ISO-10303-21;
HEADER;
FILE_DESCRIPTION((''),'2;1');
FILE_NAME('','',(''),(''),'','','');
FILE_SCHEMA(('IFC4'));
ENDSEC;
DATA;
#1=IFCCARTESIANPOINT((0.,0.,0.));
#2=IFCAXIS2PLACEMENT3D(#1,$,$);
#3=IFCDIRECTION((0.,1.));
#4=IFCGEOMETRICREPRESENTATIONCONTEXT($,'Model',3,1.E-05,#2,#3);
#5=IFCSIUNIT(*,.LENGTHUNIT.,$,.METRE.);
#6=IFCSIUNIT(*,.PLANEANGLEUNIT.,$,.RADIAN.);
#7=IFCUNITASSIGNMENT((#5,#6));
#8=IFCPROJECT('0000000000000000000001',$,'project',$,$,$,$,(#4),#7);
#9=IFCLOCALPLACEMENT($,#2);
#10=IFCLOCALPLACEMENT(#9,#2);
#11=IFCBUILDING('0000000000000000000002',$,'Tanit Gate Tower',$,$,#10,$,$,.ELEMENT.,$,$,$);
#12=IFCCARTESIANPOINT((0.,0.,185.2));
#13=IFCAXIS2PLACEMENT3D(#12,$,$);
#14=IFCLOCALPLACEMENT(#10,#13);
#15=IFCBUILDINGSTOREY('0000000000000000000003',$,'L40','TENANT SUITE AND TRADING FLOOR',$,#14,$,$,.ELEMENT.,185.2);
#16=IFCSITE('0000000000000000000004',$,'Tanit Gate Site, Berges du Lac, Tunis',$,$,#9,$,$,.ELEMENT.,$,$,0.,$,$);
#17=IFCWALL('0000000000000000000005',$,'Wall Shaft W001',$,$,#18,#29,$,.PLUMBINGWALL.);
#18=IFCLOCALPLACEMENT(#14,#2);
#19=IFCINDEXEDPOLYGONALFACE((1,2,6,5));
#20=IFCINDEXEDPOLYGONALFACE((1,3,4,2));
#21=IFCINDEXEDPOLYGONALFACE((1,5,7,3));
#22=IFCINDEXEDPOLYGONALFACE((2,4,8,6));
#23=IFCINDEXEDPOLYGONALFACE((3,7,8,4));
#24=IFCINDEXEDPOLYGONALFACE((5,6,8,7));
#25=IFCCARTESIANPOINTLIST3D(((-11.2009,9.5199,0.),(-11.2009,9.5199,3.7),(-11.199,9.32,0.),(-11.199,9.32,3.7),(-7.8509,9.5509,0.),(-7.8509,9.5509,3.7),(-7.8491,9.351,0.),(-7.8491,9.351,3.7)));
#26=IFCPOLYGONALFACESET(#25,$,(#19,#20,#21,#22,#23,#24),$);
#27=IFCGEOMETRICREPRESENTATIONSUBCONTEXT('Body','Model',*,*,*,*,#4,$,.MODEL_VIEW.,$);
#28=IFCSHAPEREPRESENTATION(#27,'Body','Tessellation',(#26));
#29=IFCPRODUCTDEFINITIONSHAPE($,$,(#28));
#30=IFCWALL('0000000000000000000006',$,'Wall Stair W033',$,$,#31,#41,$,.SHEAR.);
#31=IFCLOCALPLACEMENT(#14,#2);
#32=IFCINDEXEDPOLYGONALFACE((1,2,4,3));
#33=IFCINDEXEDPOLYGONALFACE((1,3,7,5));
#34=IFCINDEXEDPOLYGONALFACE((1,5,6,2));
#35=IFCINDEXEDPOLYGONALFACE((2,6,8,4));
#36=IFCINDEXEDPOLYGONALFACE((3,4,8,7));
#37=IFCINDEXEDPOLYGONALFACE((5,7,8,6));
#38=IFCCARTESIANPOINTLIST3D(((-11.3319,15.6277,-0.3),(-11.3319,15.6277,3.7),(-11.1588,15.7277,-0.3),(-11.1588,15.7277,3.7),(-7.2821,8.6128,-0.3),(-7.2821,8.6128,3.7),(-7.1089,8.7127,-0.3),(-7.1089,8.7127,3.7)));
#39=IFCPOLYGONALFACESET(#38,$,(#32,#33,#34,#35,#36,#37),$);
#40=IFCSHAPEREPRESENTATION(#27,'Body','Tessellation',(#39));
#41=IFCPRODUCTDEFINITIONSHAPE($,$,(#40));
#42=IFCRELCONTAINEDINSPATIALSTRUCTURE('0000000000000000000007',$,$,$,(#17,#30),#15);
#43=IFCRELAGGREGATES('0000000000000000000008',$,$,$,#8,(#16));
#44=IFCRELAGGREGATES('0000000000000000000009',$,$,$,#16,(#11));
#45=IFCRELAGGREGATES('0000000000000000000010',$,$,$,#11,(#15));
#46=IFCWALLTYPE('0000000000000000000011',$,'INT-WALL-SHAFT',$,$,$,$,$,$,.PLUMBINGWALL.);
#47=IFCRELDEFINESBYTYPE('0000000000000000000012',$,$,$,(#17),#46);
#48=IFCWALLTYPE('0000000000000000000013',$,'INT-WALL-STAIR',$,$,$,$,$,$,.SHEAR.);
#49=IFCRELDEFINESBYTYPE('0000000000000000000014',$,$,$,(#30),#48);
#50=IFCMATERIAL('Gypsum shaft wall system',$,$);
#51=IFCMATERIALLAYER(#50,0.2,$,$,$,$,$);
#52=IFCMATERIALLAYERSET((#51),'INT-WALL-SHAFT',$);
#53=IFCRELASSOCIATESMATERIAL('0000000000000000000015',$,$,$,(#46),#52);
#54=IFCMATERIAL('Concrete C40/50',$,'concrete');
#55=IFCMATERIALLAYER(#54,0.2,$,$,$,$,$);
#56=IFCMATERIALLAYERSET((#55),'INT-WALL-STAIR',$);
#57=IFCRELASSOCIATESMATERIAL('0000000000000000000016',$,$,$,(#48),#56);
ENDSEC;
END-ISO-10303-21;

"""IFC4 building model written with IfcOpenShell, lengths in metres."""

from ifc_helpers import new_model, si_unit, direction, frame, frame_2d, origin, place, context, subcontext, project, spatial, rectangle, extrude, material, layer, layer_set, type_object, element, save


model = new_model("IFC4")

# Units and contexts
model_context = context("Model", 3, precision=1e-05, world=origin(), true_north=direction((0.0, 1.0)))
body_context = subcontext(model_context, "Body", "Model", "MODEL_VIEW")
ifc_project = project(units=[si_unit("LENGTHUNIT", "METRE"), si_unit("PLANEANGLEUNIT", "RADIAN")], contexts=[model_context])

# Site, building, storey
site_placement = place(None, origin())
site = spatial("IfcSite", under=ifc_project, at=site_placement, Name="Tanit Gate Site, Berges du Lac, Tunis", CompositionType="ELEMENT", RefElevation=0.0)
building_placement = place(site_placement, origin())
building = spatial("IfcBuilding", under=site, at=building_placement, Name="Tanit Gate Tower", CompositionType="ELEMENT")
storey_placement = place(building_placement, frame((0.0, 0.0, 185.2)))
storey = spatial("IfcBuildingStorey", under=building, at=storey_placement, Name="L40", Description="TENANT SUITE AND TRADING FLOOR", CompositionType="ELEMENT", Elevation=185.2)

# Walls
ifc_material_1 = material(Name="Gypsum shaft wall system")
ifc_layer_1 = layer(ifc_material_1, 0.2)
ifc_layer_set_1 = layer_set([ifc_layer_1], Name="INT-WALL-SHAFT")
wall_type_1 = type_object("IfcWallType", Name="INT-WALL-SHAFT", PredefinedType="PLUMBINGWALL", material=ifc_layer_set_1)
wall_1_placement = place(storey_placement, frame((-11.2, 9.4199, 0.0), z_axis=(0.0, 0.0, 1.0), x_axis=(0.999957, 0.009255, 0.0)))
element("IfcWall", 1, at=wall_1_placement, inside=storey, type_object=wall_type_1, Name="Wall Shaft W001", PredefinedType="PLUMBINGWALL", context=body_context, shape_type="SweptSolid", body=[
    extrude(rectangle(XDim=3.3501, YDim=0.2, at=frame_2d((1.675, 0.0))), origin(), (0.0, 0.0, 1.0), 3.7),
])
ifc_material_2 = material(Name="Concrete C40/50", Category="concrete")
ifc_layer_2 = layer(ifc_material_2, 0.2)
ifc_layer_set_2 = layer_set([ifc_layer_2], Name="INT-WALL-STAIR")
wall_type_2 = type_object("IfcWallType", Name="INT-WALL-STAIR", PredefinedType="SHEAR", material=ifc_layer_set_2)
wall_2_placement = place(storey_placement, frame((-11.2454, 15.6777, -0.3), z_axis=(0.0, 0.0, 1.0), x_axis=(0.499977, -0.866039, 0.0)))
element("IfcWall", 2, at=wall_2_placement, inside=storey, type_object=wall_type_2, Name="Wall Stair W033", PredefinedType="SHEAR", context=body_context, shape_type="SweptSolid", body=[
    extrude(rectangle(XDim=8.1001, YDim=0.2, at=frame_2d((4.05, 0.0))), origin(), (0.0, 0.0, 1.0), 4.0),
])

save(model, "model.ifc")
